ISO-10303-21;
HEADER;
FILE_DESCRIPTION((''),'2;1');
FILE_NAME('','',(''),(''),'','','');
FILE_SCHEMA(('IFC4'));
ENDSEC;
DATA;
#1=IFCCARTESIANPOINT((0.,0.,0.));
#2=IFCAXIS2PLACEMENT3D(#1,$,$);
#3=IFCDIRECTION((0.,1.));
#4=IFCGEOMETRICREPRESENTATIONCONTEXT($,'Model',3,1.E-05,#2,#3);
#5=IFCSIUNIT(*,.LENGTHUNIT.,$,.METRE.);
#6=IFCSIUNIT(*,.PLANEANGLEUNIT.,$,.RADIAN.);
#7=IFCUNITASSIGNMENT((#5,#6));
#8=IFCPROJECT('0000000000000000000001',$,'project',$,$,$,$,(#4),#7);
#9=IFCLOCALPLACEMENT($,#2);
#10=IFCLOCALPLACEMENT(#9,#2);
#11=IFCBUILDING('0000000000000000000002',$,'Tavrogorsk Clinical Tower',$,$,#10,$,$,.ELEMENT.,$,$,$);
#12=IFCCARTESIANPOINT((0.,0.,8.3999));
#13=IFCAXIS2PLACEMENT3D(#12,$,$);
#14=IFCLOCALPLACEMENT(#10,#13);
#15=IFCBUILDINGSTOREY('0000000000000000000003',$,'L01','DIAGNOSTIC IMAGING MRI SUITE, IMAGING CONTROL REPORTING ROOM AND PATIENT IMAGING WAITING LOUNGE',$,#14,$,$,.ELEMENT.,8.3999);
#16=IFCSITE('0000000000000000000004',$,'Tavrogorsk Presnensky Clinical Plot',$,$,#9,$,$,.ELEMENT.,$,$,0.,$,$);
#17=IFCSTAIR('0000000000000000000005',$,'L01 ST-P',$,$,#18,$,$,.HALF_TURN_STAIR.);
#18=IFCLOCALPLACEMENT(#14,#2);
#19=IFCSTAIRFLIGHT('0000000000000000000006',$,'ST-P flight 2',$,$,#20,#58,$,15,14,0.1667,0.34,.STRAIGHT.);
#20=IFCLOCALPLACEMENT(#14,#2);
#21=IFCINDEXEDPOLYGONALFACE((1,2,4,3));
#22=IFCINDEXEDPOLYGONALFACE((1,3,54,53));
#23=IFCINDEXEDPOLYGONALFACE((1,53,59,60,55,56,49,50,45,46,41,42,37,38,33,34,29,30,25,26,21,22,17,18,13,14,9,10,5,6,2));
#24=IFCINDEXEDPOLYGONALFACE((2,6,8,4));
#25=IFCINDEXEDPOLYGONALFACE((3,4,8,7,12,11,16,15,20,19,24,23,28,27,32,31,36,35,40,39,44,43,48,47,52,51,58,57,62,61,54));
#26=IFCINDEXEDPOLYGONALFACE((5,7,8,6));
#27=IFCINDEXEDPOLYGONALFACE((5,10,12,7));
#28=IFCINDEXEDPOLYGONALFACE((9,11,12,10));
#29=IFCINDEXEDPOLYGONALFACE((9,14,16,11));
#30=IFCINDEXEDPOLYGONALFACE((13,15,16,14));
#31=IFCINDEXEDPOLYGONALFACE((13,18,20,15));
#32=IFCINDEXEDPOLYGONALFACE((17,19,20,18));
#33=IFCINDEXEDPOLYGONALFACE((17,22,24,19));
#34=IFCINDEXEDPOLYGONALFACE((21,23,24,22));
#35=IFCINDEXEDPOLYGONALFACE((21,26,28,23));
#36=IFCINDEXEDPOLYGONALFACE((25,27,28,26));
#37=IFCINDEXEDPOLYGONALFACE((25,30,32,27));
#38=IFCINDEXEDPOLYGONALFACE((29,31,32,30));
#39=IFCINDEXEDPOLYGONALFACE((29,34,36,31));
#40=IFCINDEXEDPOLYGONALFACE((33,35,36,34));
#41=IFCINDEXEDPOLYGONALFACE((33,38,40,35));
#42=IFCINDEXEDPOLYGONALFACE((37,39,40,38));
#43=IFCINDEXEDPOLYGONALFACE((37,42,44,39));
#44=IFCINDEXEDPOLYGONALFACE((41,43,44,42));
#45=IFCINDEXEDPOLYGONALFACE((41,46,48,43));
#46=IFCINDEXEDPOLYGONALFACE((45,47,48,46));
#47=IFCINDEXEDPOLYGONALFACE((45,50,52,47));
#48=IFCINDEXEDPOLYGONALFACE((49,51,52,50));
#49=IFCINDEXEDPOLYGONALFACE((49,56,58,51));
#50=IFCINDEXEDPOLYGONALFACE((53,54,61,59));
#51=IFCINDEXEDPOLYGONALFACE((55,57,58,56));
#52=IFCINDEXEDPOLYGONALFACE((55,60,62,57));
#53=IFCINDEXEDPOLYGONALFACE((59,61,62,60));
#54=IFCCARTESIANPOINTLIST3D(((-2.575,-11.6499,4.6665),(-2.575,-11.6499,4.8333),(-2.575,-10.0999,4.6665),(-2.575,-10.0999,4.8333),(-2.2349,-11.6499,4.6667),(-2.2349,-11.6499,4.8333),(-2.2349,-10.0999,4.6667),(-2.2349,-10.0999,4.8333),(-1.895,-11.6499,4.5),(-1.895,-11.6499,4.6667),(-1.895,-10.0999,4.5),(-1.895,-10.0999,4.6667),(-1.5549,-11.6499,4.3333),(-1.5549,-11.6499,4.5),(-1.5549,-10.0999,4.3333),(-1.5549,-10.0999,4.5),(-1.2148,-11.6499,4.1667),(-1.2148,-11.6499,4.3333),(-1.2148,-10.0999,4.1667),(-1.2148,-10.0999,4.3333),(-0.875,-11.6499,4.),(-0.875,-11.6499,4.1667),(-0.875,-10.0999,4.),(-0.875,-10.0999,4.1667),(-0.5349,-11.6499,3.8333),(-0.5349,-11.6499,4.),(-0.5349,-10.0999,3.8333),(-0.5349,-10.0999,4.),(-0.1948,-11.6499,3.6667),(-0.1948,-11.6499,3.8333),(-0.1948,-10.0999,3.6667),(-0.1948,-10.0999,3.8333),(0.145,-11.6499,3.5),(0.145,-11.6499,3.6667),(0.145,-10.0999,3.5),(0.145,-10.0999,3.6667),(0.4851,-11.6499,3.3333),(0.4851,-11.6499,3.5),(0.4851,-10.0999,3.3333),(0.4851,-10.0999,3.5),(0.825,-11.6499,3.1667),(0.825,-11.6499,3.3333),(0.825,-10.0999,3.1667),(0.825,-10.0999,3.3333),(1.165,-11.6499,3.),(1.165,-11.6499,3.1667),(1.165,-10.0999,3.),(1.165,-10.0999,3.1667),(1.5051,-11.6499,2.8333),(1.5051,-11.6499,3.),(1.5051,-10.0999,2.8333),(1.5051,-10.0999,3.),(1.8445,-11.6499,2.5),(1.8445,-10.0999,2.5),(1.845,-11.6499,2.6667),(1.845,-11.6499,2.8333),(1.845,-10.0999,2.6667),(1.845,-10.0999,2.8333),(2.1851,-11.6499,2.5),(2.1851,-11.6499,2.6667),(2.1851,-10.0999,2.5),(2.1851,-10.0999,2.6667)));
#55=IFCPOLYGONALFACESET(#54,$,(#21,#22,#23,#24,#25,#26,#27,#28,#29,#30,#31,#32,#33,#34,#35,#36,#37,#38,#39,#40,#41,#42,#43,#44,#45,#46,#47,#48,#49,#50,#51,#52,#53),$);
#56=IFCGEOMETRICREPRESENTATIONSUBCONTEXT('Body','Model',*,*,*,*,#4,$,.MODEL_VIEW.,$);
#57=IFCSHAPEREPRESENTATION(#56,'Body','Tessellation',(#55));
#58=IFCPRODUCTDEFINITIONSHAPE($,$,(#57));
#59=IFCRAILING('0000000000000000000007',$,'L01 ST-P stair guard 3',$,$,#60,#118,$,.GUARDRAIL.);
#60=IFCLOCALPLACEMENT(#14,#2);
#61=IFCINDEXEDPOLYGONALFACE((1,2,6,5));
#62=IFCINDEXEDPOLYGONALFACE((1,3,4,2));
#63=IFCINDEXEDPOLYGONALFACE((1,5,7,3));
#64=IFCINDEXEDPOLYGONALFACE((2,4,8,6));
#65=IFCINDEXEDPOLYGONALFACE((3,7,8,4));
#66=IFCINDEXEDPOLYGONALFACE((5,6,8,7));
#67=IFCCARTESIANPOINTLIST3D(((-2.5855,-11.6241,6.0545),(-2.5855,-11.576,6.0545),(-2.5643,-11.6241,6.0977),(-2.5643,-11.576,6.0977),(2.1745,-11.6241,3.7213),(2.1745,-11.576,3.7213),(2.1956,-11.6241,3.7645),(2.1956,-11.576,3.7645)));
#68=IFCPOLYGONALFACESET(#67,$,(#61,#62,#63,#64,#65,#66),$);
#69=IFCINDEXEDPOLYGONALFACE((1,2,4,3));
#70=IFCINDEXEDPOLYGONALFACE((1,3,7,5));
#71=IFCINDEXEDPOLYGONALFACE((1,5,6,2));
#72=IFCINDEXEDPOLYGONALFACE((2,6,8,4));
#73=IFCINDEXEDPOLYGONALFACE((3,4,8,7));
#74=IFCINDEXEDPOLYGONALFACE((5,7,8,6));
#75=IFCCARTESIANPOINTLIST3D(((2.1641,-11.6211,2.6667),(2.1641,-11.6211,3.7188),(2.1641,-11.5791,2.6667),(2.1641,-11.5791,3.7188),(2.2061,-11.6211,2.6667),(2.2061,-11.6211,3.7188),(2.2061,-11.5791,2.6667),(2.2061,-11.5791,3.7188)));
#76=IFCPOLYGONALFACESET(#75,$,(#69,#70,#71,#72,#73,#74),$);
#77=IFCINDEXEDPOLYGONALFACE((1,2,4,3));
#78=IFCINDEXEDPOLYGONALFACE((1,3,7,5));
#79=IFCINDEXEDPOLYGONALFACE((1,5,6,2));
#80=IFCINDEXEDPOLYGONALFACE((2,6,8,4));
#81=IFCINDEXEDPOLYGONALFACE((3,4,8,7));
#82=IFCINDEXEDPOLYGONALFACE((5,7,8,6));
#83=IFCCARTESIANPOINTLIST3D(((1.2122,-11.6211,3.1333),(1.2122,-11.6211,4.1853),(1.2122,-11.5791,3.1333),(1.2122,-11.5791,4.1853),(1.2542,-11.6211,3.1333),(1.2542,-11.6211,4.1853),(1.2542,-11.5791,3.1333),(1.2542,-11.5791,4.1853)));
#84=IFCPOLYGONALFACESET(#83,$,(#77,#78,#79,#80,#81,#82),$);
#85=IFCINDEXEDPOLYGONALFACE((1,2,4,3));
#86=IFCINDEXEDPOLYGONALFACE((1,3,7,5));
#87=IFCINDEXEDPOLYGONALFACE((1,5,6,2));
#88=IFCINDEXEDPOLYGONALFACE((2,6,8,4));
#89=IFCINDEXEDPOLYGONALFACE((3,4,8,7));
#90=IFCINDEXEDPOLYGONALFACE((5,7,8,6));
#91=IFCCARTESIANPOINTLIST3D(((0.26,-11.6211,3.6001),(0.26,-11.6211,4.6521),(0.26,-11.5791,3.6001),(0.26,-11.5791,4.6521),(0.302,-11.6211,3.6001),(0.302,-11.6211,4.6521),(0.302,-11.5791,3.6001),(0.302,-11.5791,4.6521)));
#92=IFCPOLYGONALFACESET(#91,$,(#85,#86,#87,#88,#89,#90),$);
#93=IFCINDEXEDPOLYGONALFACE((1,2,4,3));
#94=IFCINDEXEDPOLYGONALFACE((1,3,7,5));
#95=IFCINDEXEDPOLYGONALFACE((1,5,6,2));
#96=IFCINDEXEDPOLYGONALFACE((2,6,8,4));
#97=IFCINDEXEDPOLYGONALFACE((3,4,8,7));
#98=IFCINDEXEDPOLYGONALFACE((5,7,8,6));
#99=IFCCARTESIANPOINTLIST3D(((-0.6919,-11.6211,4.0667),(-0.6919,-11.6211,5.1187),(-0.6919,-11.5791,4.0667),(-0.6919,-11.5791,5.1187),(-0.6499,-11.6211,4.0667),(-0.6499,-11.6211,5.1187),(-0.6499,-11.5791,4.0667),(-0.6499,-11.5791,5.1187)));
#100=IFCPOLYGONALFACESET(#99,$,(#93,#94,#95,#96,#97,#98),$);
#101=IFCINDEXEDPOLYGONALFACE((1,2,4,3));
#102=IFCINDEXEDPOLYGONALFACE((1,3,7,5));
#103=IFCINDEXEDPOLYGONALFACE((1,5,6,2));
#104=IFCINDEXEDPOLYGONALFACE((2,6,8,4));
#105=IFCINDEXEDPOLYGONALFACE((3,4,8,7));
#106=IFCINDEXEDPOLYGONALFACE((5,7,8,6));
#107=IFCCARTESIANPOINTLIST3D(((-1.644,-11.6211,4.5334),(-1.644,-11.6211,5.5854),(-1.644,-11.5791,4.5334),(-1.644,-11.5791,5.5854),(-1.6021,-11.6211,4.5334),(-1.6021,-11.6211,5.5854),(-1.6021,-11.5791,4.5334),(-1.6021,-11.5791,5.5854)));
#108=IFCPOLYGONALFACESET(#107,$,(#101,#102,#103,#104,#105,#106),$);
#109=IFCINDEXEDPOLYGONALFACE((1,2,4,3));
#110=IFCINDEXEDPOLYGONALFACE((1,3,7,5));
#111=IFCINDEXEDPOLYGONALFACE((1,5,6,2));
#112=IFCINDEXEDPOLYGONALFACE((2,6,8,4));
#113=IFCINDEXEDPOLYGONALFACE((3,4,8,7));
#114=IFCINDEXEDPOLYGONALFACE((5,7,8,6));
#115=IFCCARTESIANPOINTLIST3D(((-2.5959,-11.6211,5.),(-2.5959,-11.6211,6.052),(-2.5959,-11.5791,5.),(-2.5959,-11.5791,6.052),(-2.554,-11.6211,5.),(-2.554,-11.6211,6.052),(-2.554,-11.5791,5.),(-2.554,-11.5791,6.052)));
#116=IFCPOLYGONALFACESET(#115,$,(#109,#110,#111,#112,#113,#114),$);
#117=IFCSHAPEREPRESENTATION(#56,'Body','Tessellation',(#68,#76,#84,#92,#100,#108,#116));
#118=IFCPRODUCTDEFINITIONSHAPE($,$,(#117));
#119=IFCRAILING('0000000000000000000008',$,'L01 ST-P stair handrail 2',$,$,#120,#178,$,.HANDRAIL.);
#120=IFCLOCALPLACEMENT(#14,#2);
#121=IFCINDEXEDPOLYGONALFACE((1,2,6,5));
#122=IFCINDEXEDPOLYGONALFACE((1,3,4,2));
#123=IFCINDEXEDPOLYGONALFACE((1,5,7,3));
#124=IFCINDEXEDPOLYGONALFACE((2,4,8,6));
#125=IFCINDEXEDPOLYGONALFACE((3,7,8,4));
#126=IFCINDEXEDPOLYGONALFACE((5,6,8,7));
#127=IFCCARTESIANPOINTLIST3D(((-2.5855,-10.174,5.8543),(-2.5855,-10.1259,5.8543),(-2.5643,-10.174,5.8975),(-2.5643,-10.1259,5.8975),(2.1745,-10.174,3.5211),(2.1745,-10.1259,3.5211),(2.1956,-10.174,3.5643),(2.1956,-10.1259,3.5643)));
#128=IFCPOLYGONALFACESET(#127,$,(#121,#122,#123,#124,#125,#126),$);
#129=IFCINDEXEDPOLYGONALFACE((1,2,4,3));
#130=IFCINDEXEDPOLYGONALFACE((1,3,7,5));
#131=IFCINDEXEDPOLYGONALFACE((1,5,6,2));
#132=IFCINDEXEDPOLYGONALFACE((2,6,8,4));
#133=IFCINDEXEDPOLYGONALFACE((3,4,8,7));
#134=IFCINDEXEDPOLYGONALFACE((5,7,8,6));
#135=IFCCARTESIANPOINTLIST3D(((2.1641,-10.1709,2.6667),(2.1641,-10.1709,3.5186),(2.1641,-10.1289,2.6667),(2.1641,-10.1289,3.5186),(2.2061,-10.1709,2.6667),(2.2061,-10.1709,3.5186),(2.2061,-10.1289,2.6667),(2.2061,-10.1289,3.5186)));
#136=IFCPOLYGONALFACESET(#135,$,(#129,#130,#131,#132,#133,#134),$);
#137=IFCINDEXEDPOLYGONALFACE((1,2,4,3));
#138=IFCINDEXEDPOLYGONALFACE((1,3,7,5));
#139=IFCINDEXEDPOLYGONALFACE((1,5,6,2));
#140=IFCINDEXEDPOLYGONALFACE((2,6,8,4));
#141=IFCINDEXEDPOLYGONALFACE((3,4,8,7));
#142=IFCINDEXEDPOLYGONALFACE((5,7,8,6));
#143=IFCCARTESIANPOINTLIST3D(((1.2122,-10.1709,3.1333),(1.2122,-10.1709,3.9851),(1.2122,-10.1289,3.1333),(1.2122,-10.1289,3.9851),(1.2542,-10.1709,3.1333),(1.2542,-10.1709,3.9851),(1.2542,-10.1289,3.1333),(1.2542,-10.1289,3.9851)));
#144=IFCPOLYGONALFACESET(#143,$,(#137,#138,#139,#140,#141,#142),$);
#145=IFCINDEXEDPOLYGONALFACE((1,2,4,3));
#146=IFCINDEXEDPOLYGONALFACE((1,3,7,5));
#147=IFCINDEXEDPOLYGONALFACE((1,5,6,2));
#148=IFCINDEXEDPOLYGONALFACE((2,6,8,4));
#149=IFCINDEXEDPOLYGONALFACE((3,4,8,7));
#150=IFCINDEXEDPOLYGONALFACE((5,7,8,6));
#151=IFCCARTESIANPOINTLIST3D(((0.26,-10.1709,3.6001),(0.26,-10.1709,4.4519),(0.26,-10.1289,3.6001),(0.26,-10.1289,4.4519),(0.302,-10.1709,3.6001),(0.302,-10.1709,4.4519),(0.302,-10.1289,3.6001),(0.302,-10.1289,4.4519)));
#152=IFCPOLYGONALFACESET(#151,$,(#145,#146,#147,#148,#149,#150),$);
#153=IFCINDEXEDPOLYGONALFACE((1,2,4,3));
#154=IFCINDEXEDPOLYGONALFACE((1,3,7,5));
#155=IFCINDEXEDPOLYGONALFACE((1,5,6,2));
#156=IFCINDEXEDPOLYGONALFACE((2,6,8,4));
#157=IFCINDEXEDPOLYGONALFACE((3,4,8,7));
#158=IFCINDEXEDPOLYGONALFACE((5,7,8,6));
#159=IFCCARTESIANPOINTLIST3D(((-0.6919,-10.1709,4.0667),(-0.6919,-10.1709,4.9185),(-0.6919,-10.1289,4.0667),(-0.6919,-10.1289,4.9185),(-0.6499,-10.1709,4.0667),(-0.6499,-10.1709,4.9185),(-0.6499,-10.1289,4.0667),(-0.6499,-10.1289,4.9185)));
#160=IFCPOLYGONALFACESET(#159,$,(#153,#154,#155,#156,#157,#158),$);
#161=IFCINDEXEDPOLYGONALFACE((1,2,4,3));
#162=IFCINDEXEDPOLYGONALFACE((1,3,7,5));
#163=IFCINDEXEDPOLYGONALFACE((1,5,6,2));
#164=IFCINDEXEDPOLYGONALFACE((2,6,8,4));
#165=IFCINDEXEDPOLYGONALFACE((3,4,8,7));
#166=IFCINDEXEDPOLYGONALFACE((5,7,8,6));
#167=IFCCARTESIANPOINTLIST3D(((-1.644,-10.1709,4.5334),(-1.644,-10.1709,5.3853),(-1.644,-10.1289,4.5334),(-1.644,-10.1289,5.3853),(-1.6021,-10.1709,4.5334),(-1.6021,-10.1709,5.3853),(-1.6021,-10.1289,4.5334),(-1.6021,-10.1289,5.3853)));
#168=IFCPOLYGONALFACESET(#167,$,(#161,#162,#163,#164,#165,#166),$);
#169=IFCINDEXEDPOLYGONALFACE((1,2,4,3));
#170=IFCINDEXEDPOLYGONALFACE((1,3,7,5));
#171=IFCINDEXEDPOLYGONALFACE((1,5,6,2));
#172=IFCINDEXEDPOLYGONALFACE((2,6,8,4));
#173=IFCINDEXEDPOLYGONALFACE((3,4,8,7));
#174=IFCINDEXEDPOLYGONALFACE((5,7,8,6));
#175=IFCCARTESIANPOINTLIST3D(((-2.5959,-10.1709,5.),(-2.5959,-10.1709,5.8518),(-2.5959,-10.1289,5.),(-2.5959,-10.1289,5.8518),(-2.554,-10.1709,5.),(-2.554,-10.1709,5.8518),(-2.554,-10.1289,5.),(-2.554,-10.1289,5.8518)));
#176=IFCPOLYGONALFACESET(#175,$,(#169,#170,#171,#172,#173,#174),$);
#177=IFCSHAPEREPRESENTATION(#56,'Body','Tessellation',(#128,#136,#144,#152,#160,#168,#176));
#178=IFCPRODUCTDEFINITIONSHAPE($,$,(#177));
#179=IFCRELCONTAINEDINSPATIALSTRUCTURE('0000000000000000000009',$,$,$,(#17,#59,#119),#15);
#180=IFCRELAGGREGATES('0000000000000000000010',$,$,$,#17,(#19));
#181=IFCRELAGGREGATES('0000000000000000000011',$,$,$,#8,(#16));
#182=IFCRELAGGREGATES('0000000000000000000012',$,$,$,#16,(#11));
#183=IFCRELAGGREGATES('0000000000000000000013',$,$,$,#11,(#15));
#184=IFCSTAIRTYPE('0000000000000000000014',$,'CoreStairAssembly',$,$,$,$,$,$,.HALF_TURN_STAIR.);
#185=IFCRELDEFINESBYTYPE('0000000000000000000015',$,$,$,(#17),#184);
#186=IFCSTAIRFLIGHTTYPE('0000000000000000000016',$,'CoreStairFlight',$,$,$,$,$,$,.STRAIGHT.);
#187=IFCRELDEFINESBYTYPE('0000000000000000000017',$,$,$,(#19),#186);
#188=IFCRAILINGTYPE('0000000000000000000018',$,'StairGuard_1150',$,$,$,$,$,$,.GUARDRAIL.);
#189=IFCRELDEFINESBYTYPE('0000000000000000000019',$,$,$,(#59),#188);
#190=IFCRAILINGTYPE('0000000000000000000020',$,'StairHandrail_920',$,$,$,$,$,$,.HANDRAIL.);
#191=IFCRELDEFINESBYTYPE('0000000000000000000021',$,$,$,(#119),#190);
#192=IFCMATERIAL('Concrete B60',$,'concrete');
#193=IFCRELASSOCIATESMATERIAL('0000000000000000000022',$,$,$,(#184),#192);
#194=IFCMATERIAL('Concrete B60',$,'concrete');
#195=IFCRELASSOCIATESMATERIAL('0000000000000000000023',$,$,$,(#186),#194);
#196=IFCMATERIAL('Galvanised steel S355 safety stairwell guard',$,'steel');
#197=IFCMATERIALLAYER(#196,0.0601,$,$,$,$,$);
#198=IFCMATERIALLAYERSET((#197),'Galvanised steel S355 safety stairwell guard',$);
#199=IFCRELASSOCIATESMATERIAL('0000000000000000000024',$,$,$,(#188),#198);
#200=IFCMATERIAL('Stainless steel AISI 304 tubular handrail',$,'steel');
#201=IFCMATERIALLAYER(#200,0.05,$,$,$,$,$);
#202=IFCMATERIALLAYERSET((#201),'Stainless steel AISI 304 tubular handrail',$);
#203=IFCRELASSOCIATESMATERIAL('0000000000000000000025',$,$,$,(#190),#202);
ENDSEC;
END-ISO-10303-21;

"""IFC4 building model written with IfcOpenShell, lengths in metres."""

from ifc_helpers import new_model, si_unit, direction, frame, origin, origin_2d, place, context, subcontext, project, spatial, polyline, rectangle, outline, extrude, material, layer, layer_set, type_object, element, aggregate, save


model = new_model("IFC4")

# Units and contexts
model_context = context("Model", 3, precision=1e-05, world=origin(), true_north=direction((0.0, 1.0)))
body_context = subcontext(model_context, "Body", "Model", "MODEL_VIEW")
ifc_project = project(units=[si_unit("LENGTHUNIT", "METRE"), si_unit("PLANEANGLEUNIT", "RADIAN")], contexts=[model_context])

# Site, building, storey
site_placement = place(None, origin())
site = spatial("IfcSite", under=ifc_project, at=site_placement, Name="Tavrogorsk Presnensky Clinical Plot", CompositionType="ELEMENT", RefElevation=0.0)
building_placement = place(site_placement, origin())
building = spatial("IfcBuilding", under=site, at=building_placement, Name="Tavrogorsk Clinical Tower", CompositionType="ELEMENT")
storey_placement = place(building_placement, frame((0.0, 0.0, 8.3999)))
storey = spatial("IfcBuildingStorey", under=building, at=storey_placement, Name="L01", Description="DIAGNOSTIC IMAGING MRI SUITE, IMAGING CONTROL REPORTING ROOM AND PATIENT IMAGING WAITING LOUNGE", CompositionType="ELEMENT", Elevation=8.3999)

# Stair, stair flight
ifc_material_1 = material(Name="Concrete B60", Category="concrete")
stair_type = type_object("IfcStairType", Name="CoreStairAssembly", PredefinedType="HALF_TURN_STAIR", material=ifc_material_1)
stair_placement = place(storey_placement, origin())
stair = element("IfcStair", 1, at=stair_placement, inside=storey, type_object=stair_type, Name="L01 ST-P", PredefinedType="HALF_TURN_STAIR")
ifc_material_2 = material(Name="Concrete B60", Category="concrete")
stair_flight_type = type_object("IfcStairFlightType", Name="CoreStairFlight", PredefinedType="STRAIGHT", material=ifc_material_2)
stair_flight_placement = place(storey_placement, frame((2.1851, -10.875, 2.5), z_axis=(0.0, 0.0, 1.0), x_axis=(-1.0, 0.0, 0.0)))
stair_flight = element("IfcStairFlight", 2, at=stair_flight_placement, type_object=stair_flight_type, Name="ST-P flight 2", NumberOfRisers=15, NumberOfTreads=14, PredefinedType="STRAIGHT", RiserHeight=0.1667, TreadLength=0.34, context=body_context, shape_type="SweptSolid", body=[
    extrude(outline(polyline([(0.0, 0.0), (0.0, 0.1667), (0.3401, 0.1667), (0.3401, 0.3333), (0.6799, 0.3333), (0.6799, 0.5), (1.02, 0.5), (1.02, 0.6667), (1.3601, 0.6667), (1.3601, 0.8333), (1.7, 0.8333), (1.7, 1.0), (2.04, 1.0), (2.04, 1.1667), (2.3799, 1.1667), (2.3799, 1.3333), (2.72, 1.3333), (2.72, 1.5), (3.0601, 1.5), (3.0601, 1.6667), (3.3999, 1.6667), (3.3999, 1.8333), (3.74, 1.8333), (3.74, 2.0), (4.0801, 2.0), (4.0801, 2.1667), (4.4199, 2.1667), (4.4199, 2.3333), (4.76, 2.3333), (4.76, 2.5), (4.76, 2.1665), (0.3406, 0.0), (0.0, 0.0)])), frame((0.0, 0.7749, 0.0), z_axis=(0.0, -1.0, 0.0), x_axis=(1.0, 0.0, 0.0)), (0.0, 0.0, 1.0), 1.55),
])
aggregate(stair, [stair_flight])

# Railings
ifc_material_3 = material(Name="Galvanised steel S355 safety stairwell guard", Category="steel")
ifc_layer_1 = layer(ifc_material_3, 0.0601)
ifc_layer_set_1 = layer_set([ifc_layer_1], Name="Galvanised steel S355 safety stairwell guard")
railing_type_1 = type_object("IfcRailingType", Name="StairGuard_1150", PredefinedType="GUARDRAIL", material=ifc_layer_set_1)
railing_1_placement = place(storey_placement, frame((2.1851, -11.6001, 2.6667)))
element("IfcRailing", 3, at=railing_1_placement, inside=storey, type_object=railing_type_1, Name="L01 ST-P stair guard 3", PredefinedType="GUARDRAIL", context=body_context, shape_type="SweptSolid", body=[
    extrude(rectangle(XDim=0.0481, YDim=0.0481, at=origin_2d()), frame((0.0, 0.0, 1.0762), z_axis=(-0.897927, 0.0, 0.440144), x_axis=(0.0, -1.0, 0.0)), (0.0, 0.0, 1.0), 5.301),
    extrude(rectangle(XDim=0.042, YDim=0.042, at=origin_2d()), origin(), (0.0, 0.0, 1.0), 1.052),
    extrude(rectangle(XDim=0.042, YDim=0.042, at=origin_2d()), frame((-0.9519, 0.0, 0.4666)), (0.0, 0.0, 1.0), 1.052),
    extrude(rectangle(XDim=0.042, YDim=0.042, at=origin_2d()), frame((-1.9041, 0.0, 0.9333)), (0.0, 0.0, 1.0), 1.052),
    extrude(rectangle(XDim=0.042, YDim=0.042, at=origin_2d()), frame((-2.856, 0.0, 1.3999)), (0.0, 0.0, 1.0), 1.052),
    extrude(rectangle(XDim=0.042, YDim=0.042, at=origin_2d()), frame((-3.8081, 0.0, 1.8667)), (0.0, 0.0, 1.0), 1.052),
    extrude(rectangle(XDim=0.042, YDim=0.042, at=origin_2d()), frame((-4.76, 0.0, 2.3333)), (0.0, 0.0, 1.0), 1.052),
])
ifc_material_4 = material(Name="Stainless steel AISI 304 tubular handrail", Category="steel")
ifc_layer_2 = layer(ifc_material_4, 0.05)
ifc_layer_set_2 = layer_set([ifc_layer_2], Name="Stainless steel AISI 304 tubular handrail")
railing_type_2 = type_object("IfcRailingType", Name="StairHandrail_920", PredefinedType="HANDRAIL", material=ifc_layer_set_2)
railing_2_placement = place(storey_placement, frame((2.1851, -10.1499, 2.6667)))
element("IfcRailing", 4, at=railing_2_placement, inside=storey, type_object=railing_type_2, Name="L01 ST-P stair handrail 2", PredefinedType="HANDRAIL", context=body_context, shape_type="SweptSolid", body=[
    extrude(rectangle(XDim=0.0481, YDim=0.0481, at=origin_2d()), frame((0.0, 0.0, 0.876), z_axis=(-0.897927, 0.0, 0.440144), x_axis=(0.0, -1.0, 0.0)), (0.0, 0.0, 1.0), 5.301),
    extrude(rectangle(XDim=0.042, YDim=0.042, at=origin_2d()), origin(), (0.0, 0.0, 1.0), 0.8518),
    extrude(rectangle(XDim=0.042, YDim=0.042, at=origin_2d()), frame((-0.9519, 0.0, 0.4666)), (0.0, 0.0, 1.0), 0.8518),
    extrude(rectangle(XDim=0.042, YDim=0.042, at=origin_2d()), frame((-1.9041, 0.0, 0.9333)), (0.0, 0.0, 1.0), 0.8518),
    extrude(rectangle(XDim=0.042, YDim=0.042, at=origin_2d()), frame((-2.856, 0.0, 1.3999)), (0.0, 0.0, 1.0), 0.8518),
    extrude(rectangle(XDim=0.042, YDim=0.042, at=origin_2d()), frame((-3.8081, 0.0, 1.8667)), (0.0, 0.0, 1.0), 0.8518),
    extrude(rectangle(XDim=0.042, YDim=0.042, at=origin_2d()), frame((-4.76, 0.0, 2.3333)), (0.0, 0.0, 1.0), 0.8518),
])

save(model, "model.ifc")
